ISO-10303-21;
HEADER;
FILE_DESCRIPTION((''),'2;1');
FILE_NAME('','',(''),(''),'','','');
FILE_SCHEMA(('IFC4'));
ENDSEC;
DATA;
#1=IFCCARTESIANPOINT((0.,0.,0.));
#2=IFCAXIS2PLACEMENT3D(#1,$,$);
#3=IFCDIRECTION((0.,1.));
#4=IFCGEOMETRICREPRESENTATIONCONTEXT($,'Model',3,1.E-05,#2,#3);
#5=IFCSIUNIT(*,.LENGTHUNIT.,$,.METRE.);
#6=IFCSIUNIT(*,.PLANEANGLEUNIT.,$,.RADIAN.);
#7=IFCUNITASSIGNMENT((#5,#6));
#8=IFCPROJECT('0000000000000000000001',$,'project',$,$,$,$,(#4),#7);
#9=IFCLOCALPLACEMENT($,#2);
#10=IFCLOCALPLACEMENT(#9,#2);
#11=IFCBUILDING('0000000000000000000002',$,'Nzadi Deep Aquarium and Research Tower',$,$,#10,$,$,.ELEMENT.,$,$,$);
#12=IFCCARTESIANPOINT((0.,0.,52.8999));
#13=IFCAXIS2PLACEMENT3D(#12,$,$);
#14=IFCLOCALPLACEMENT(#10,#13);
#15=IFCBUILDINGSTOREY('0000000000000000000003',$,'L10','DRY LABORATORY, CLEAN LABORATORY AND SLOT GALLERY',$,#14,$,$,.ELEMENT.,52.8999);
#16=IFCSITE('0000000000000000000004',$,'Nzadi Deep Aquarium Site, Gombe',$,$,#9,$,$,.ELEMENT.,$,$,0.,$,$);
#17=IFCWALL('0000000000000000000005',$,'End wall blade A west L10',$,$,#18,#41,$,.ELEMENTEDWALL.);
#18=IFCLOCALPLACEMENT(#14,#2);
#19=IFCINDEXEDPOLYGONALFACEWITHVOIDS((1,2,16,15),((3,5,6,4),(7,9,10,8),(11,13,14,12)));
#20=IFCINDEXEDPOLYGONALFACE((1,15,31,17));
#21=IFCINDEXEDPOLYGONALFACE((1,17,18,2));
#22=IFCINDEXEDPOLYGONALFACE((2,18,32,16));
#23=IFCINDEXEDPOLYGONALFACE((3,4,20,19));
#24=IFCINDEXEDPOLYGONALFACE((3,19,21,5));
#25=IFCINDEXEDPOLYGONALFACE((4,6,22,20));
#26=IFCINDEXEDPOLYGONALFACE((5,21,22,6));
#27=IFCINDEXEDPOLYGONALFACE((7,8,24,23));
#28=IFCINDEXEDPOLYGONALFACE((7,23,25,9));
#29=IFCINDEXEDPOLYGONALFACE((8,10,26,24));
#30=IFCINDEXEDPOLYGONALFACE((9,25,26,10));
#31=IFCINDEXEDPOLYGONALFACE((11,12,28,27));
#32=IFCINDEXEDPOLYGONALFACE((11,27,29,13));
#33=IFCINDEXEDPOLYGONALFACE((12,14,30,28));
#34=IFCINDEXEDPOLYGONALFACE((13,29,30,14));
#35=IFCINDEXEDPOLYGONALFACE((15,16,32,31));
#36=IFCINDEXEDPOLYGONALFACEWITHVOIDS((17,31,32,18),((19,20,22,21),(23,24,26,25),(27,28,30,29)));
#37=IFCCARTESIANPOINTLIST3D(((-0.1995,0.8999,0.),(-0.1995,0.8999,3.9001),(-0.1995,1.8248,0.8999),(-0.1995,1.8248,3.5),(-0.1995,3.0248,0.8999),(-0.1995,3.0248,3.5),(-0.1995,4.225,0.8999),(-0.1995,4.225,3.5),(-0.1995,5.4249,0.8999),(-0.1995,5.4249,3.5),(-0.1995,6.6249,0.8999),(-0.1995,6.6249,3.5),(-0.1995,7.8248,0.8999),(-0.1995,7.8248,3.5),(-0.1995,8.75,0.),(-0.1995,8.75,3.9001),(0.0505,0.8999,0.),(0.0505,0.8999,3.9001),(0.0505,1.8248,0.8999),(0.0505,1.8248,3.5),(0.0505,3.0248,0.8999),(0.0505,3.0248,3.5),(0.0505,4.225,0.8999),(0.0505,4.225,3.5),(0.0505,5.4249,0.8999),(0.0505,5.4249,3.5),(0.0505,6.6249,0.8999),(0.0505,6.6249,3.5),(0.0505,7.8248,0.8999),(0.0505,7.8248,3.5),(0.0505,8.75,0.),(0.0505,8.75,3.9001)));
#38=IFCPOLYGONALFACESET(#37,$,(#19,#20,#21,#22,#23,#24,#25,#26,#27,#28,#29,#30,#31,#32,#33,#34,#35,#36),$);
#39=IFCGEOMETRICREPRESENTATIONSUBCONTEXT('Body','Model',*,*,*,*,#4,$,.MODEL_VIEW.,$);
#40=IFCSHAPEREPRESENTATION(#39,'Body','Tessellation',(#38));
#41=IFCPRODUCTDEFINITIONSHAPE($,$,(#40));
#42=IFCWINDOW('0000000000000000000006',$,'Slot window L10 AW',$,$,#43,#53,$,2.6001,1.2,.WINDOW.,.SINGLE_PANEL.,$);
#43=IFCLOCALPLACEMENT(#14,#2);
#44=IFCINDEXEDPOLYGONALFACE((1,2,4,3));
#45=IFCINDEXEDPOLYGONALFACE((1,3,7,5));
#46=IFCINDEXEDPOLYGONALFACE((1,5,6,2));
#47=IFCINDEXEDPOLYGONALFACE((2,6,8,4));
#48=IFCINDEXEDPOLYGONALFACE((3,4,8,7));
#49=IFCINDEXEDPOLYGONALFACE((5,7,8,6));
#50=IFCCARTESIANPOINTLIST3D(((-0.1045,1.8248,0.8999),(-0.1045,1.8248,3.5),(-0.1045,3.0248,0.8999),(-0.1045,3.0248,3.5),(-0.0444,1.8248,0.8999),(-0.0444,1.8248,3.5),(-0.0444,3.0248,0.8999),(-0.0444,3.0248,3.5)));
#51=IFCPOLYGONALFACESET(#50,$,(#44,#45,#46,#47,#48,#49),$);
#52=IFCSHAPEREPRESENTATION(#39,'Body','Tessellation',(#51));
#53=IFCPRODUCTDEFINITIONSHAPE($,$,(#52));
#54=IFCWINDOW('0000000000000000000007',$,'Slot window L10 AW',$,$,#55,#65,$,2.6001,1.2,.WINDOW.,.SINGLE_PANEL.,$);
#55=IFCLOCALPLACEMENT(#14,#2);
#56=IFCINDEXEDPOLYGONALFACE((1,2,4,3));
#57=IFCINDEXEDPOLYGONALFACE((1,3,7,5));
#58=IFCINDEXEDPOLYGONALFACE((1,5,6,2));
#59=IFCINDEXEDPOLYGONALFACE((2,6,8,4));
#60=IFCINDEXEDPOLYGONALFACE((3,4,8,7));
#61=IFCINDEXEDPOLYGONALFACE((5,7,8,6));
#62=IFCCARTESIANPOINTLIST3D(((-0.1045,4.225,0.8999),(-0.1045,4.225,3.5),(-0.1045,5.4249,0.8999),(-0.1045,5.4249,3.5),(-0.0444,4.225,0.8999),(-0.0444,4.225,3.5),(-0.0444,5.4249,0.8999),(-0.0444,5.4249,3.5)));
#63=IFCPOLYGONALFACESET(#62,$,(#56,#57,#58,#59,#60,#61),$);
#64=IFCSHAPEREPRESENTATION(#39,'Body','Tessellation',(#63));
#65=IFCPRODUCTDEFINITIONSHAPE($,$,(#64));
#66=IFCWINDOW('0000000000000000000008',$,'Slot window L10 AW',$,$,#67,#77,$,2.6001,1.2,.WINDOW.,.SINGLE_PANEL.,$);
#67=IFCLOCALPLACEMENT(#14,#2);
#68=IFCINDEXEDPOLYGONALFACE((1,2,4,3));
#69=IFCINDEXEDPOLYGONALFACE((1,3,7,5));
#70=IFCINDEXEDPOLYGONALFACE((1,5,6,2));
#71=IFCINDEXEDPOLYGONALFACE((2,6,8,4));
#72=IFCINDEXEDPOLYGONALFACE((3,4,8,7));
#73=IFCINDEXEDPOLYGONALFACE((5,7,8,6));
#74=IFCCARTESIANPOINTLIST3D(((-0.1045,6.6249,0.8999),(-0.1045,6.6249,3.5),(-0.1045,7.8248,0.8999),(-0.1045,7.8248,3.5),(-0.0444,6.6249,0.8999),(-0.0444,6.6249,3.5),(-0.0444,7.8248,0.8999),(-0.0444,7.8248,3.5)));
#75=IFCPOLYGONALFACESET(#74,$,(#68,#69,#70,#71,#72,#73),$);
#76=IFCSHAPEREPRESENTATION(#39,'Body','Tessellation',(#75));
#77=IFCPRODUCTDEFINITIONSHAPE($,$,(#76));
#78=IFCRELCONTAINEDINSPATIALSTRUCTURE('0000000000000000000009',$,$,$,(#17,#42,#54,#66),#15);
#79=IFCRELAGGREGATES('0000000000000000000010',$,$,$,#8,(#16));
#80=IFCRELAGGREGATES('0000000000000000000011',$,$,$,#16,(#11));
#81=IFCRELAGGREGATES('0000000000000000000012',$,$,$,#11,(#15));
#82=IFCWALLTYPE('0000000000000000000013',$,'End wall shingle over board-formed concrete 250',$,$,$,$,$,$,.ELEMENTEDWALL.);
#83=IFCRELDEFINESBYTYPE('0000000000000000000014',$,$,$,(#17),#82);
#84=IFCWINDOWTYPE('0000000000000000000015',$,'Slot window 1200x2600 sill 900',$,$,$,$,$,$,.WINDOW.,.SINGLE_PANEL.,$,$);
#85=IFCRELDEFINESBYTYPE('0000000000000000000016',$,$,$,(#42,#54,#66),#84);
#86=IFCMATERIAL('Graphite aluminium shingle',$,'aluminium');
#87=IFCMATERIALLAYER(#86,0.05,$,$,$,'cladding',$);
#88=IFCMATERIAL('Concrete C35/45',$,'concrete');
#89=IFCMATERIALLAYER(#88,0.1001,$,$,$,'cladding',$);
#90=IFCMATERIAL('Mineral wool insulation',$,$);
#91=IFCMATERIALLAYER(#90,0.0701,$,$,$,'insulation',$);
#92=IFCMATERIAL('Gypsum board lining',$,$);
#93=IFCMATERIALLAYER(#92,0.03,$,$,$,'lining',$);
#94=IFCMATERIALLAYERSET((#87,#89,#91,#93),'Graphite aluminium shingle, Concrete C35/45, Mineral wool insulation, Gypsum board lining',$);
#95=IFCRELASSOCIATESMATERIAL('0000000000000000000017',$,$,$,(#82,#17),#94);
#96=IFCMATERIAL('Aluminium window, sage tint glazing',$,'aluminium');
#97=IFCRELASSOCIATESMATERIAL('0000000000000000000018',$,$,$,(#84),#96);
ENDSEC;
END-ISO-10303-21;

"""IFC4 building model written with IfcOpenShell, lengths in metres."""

from ifc_helpers import new_model, si_unit, direction, frame, frame_2d, origin, place, context, subcontext, project, spatial, rectangle, extrude, material, layer, layer_set, layer_usage, type_object, element, fill, save


model = new_model("IFC4")

# Units and contexts
model_context = context("Model", 3, precision=1e-05, world=origin(), true_north=direction((0.0, 1.0)))
body_context = subcontext(model_context, "Body", "Model", "MODEL_VIEW")
ifc_project = project(units=[si_unit("LENGTHUNIT", "METRE"), si_unit("PLANEANGLEUNIT", "RADIAN")], contexts=[model_context])

# Site, building, storey
site_placement = place(None, origin())
site = spatial("IfcSite", under=ifc_project, at=site_placement, Name="Nzadi Deep Aquarium Site, Gombe", CompositionType="ELEMENT", RefElevation=0.0)
building_placement = place(site_placement, origin())
building = spatial("IfcBuilding", under=site, at=building_placement, Name="Nzadi Deep Aquarium and Research Tower", CompositionType="ELEMENT")
storey_placement = place(building_placement, frame((0.0, 0.0, 52.8999)))
storey = spatial("IfcBuildingStorey", under=building, at=storey_placement, Name="L10", Description="DRY LABORATORY, CLEAN LABORATORY AND SLOT GALLERY", CompositionType="ELEMENT", Elevation=52.8999)

# Shared definitions
ifc_material_1 = material(Name="Concrete C35/45", Category="concrete")
ifc_material_2 = material(Name="Mineral wool insulation")
ifc_material_3 = material(Name="Gypsum board lining")

# Wall, openings, windows
ifc_material_4 = material(Name="Graphite aluminium shingle", Category="aluminium")
ifc_layer_1 = layer(ifc_material_4, 0.05, Category="cladding")
ifc_layer_2 = layer(ifc_material_1, 0.1001, Category="cladding")
ifc_layer_3 = layer(ifc_material_2, 0.0701, Category="insulation")
ifc_layer_4 = layer(ifc_material_3, 0.03, Category="lining")
ifc_layer_set_1 = layer_set([ifc_layer_1, ifc_layer_2, ifc_layer_3, ifc_layer_4], Name="Graphite aluminium shingle, Concrete C35/45, Mineral wool insulation, Gypsum board lining")
ifc_layer_usage_1 = layer_usage(ifc_layer_set_1, "AXIS2", "POSITIVE", -0.125)
wall_type_1 = type_object("IfcWallType", Name="End wall shingle over board-formed concrete 250", PredefinedType="ELEMENTEDWALL", material=ifc_layer_set_1)
wall_1_placement = place(storey_placement, frame((-0.0745, 8.75, 0.0), z_axis=(0.0, 0.0, 1.0), x_axis=(0.0, -1.0, 0.0)))
wall_1 = element("IfcWall", 1, at=wall_1_placement, inside=storey, type_object=wall_type_1, material=ifc_layer_usage_1, Name="End wall blade A west L10", PredefinedType="ELEMENTEDWALL", context=body_context, shape_type="SweptSolid", body=[
    extrude(rectangle(XDim=7.8501, YDim=0.25, at=frame_2d((3.925, 0.0))), origin(), (0.0, 0.0, 1.0), 3.9001),
])
opening_1_placement = place(wall_1_placement, frame((5.7251, 0.0, 0.8999)))
opening_1 = element("IfcOpeningElement", 2, at=opening_1_placement, cuts=wall_1, PredefinedType="OPENING", context=body_context, shape_type="SweptSolid", body=[
    extrude(rectangle(XDim=1.2, YDim=2.6001, at=frame_2d((0.6001, 1.3))), frame((0.0, 0.135, 0.0), z_axis=(0.0, -1.0, 0.0), x_axis=(1.0, 0.0, 0.0)), (0.0, 0.0, 1.0), 0.27),
])
opening_2_placement = place(wall_1_placement, frame((3.325, 0.0, 0.8999)))
opening_2 = element("IfcOpeningElement", 3, at=opening_2_placement, cuts=wall_1, PredefinedType="OPENING", context=body_context, shape_type="SweptSolid", body=[
    extrude(rectangle(XDim=1.2, YDim=2.6001, at=frame_2d((0.6001, 1.3))), frame((0.0, 0.135, 0.0), z_axis=(0.0, -1.0, 0.0), x_axis=(1.0, 0.0, 0.0)), (0.0, 0.0, 1.0), 0.27),
])
opening_3_placement = place(wall_1_placement, frame((0.925, 0.0, 0.8999)))
opening_3 = element("IfcOpeningElement", 4, at=opening_3_placement, cuts=wall_1, PredefinedType="OPENING", context=body_context, shape_type="SweptSolid", body=[
    extrude(rectangle(XDim=1.2, YDim=2.6001, at=frame_2d((0.6001, 1.3))), frame((0.0, 0.135, 0.0), z_axis=(0.0, -1.0, 0.0), x_axis=(1.0, 0.0, 0.0)), (0.0, 0.0, 1.0), 0.27),
])
ifc_material_5 = material(Name="Aluminium window, sage tint glazing", Category="aluminium")
window_type = type_object("IfcWindowType", Name="Slot window 1200x2600 sill 900", PartitioningType="SINGLE_PANEL", PredefinedType="WINDOW", material=ifc_material_5)
window_1_placement = place(opening_1_placement, origin())
window_1 = element("IfcWindow", 5, at=window_1_placement, inside=storey, type_object=window_type, Name="Slot window L10 AW", OverallHeight=2.6001, OverallWidth=1.2, PartitioningType="SINGLE_PANEL", PredefinedType="WINDOW", context=body_context, shape_type="SweptSolid", body=[
    extrude(rectangle(XDim=1.2, YDim=2.6001, at=frame_2d((0.6001, 1.3))), frame((0.0, 0.03, 0.0), z_axis=(0.0, -1.0, 0.0), x_axis=(1.0, 0.0, 0.0)), (0.0, 0.0, 1.0), 0.0601),
])
fill(opening_1, window_1)
window_2_placement = place(opening_2_placement, origin())
window_2 = element("IfcWindow", 6, at=window_2_placement, inside=storey, type_object=window_type, Name="Slot window L10 AW", OverallHeight=2.6001, OverallWidth=1.2, PartitioningType="SINGLE_PANEL", PredefinedType="WINDOW", context=body_context, shape_type="SweptSolid", body=[
    extrude(rectangle(XDim=1.2, YDim=2.6001, at=frame_2d((0.6001, 1.3))), frame((0.0, 0.03, 0.0), z_axis=(0.0, -1.0, 0.0), x_axis=(1.0, 0.0, 0.0)), (0.0, 0.0, 1.0), 0.0601),
])
fill(opening_2, window_2)
window_3_placement = place(opening_3_placement, origin())
window_3 = element("IfcWindow", 7, at=window_3_placement, inside=storey, type_object=window_type, Name="Slot window L10 AW", OverallHeight=2.6001, OverallWidth=1.2, PartitioningType="SINGLE_PANEL", PredefinedType="WINDOW", context=body_context, shape_type="SweptSolid", body=[
    extrude(rectangle(XDim=1.2, YDim=2.6001, at=frame_2d((0.6001, 1.3))), frame((0.0, 0.03, 0.0), z_axis=(0.0, -1.0, 0.0), x_axis=(1.0, 0.0, 0.0)), (0.0, 0.0, 1.0), 0.0601),
])
fill(opening_3, window_3)

save(model, "model.ifc")
